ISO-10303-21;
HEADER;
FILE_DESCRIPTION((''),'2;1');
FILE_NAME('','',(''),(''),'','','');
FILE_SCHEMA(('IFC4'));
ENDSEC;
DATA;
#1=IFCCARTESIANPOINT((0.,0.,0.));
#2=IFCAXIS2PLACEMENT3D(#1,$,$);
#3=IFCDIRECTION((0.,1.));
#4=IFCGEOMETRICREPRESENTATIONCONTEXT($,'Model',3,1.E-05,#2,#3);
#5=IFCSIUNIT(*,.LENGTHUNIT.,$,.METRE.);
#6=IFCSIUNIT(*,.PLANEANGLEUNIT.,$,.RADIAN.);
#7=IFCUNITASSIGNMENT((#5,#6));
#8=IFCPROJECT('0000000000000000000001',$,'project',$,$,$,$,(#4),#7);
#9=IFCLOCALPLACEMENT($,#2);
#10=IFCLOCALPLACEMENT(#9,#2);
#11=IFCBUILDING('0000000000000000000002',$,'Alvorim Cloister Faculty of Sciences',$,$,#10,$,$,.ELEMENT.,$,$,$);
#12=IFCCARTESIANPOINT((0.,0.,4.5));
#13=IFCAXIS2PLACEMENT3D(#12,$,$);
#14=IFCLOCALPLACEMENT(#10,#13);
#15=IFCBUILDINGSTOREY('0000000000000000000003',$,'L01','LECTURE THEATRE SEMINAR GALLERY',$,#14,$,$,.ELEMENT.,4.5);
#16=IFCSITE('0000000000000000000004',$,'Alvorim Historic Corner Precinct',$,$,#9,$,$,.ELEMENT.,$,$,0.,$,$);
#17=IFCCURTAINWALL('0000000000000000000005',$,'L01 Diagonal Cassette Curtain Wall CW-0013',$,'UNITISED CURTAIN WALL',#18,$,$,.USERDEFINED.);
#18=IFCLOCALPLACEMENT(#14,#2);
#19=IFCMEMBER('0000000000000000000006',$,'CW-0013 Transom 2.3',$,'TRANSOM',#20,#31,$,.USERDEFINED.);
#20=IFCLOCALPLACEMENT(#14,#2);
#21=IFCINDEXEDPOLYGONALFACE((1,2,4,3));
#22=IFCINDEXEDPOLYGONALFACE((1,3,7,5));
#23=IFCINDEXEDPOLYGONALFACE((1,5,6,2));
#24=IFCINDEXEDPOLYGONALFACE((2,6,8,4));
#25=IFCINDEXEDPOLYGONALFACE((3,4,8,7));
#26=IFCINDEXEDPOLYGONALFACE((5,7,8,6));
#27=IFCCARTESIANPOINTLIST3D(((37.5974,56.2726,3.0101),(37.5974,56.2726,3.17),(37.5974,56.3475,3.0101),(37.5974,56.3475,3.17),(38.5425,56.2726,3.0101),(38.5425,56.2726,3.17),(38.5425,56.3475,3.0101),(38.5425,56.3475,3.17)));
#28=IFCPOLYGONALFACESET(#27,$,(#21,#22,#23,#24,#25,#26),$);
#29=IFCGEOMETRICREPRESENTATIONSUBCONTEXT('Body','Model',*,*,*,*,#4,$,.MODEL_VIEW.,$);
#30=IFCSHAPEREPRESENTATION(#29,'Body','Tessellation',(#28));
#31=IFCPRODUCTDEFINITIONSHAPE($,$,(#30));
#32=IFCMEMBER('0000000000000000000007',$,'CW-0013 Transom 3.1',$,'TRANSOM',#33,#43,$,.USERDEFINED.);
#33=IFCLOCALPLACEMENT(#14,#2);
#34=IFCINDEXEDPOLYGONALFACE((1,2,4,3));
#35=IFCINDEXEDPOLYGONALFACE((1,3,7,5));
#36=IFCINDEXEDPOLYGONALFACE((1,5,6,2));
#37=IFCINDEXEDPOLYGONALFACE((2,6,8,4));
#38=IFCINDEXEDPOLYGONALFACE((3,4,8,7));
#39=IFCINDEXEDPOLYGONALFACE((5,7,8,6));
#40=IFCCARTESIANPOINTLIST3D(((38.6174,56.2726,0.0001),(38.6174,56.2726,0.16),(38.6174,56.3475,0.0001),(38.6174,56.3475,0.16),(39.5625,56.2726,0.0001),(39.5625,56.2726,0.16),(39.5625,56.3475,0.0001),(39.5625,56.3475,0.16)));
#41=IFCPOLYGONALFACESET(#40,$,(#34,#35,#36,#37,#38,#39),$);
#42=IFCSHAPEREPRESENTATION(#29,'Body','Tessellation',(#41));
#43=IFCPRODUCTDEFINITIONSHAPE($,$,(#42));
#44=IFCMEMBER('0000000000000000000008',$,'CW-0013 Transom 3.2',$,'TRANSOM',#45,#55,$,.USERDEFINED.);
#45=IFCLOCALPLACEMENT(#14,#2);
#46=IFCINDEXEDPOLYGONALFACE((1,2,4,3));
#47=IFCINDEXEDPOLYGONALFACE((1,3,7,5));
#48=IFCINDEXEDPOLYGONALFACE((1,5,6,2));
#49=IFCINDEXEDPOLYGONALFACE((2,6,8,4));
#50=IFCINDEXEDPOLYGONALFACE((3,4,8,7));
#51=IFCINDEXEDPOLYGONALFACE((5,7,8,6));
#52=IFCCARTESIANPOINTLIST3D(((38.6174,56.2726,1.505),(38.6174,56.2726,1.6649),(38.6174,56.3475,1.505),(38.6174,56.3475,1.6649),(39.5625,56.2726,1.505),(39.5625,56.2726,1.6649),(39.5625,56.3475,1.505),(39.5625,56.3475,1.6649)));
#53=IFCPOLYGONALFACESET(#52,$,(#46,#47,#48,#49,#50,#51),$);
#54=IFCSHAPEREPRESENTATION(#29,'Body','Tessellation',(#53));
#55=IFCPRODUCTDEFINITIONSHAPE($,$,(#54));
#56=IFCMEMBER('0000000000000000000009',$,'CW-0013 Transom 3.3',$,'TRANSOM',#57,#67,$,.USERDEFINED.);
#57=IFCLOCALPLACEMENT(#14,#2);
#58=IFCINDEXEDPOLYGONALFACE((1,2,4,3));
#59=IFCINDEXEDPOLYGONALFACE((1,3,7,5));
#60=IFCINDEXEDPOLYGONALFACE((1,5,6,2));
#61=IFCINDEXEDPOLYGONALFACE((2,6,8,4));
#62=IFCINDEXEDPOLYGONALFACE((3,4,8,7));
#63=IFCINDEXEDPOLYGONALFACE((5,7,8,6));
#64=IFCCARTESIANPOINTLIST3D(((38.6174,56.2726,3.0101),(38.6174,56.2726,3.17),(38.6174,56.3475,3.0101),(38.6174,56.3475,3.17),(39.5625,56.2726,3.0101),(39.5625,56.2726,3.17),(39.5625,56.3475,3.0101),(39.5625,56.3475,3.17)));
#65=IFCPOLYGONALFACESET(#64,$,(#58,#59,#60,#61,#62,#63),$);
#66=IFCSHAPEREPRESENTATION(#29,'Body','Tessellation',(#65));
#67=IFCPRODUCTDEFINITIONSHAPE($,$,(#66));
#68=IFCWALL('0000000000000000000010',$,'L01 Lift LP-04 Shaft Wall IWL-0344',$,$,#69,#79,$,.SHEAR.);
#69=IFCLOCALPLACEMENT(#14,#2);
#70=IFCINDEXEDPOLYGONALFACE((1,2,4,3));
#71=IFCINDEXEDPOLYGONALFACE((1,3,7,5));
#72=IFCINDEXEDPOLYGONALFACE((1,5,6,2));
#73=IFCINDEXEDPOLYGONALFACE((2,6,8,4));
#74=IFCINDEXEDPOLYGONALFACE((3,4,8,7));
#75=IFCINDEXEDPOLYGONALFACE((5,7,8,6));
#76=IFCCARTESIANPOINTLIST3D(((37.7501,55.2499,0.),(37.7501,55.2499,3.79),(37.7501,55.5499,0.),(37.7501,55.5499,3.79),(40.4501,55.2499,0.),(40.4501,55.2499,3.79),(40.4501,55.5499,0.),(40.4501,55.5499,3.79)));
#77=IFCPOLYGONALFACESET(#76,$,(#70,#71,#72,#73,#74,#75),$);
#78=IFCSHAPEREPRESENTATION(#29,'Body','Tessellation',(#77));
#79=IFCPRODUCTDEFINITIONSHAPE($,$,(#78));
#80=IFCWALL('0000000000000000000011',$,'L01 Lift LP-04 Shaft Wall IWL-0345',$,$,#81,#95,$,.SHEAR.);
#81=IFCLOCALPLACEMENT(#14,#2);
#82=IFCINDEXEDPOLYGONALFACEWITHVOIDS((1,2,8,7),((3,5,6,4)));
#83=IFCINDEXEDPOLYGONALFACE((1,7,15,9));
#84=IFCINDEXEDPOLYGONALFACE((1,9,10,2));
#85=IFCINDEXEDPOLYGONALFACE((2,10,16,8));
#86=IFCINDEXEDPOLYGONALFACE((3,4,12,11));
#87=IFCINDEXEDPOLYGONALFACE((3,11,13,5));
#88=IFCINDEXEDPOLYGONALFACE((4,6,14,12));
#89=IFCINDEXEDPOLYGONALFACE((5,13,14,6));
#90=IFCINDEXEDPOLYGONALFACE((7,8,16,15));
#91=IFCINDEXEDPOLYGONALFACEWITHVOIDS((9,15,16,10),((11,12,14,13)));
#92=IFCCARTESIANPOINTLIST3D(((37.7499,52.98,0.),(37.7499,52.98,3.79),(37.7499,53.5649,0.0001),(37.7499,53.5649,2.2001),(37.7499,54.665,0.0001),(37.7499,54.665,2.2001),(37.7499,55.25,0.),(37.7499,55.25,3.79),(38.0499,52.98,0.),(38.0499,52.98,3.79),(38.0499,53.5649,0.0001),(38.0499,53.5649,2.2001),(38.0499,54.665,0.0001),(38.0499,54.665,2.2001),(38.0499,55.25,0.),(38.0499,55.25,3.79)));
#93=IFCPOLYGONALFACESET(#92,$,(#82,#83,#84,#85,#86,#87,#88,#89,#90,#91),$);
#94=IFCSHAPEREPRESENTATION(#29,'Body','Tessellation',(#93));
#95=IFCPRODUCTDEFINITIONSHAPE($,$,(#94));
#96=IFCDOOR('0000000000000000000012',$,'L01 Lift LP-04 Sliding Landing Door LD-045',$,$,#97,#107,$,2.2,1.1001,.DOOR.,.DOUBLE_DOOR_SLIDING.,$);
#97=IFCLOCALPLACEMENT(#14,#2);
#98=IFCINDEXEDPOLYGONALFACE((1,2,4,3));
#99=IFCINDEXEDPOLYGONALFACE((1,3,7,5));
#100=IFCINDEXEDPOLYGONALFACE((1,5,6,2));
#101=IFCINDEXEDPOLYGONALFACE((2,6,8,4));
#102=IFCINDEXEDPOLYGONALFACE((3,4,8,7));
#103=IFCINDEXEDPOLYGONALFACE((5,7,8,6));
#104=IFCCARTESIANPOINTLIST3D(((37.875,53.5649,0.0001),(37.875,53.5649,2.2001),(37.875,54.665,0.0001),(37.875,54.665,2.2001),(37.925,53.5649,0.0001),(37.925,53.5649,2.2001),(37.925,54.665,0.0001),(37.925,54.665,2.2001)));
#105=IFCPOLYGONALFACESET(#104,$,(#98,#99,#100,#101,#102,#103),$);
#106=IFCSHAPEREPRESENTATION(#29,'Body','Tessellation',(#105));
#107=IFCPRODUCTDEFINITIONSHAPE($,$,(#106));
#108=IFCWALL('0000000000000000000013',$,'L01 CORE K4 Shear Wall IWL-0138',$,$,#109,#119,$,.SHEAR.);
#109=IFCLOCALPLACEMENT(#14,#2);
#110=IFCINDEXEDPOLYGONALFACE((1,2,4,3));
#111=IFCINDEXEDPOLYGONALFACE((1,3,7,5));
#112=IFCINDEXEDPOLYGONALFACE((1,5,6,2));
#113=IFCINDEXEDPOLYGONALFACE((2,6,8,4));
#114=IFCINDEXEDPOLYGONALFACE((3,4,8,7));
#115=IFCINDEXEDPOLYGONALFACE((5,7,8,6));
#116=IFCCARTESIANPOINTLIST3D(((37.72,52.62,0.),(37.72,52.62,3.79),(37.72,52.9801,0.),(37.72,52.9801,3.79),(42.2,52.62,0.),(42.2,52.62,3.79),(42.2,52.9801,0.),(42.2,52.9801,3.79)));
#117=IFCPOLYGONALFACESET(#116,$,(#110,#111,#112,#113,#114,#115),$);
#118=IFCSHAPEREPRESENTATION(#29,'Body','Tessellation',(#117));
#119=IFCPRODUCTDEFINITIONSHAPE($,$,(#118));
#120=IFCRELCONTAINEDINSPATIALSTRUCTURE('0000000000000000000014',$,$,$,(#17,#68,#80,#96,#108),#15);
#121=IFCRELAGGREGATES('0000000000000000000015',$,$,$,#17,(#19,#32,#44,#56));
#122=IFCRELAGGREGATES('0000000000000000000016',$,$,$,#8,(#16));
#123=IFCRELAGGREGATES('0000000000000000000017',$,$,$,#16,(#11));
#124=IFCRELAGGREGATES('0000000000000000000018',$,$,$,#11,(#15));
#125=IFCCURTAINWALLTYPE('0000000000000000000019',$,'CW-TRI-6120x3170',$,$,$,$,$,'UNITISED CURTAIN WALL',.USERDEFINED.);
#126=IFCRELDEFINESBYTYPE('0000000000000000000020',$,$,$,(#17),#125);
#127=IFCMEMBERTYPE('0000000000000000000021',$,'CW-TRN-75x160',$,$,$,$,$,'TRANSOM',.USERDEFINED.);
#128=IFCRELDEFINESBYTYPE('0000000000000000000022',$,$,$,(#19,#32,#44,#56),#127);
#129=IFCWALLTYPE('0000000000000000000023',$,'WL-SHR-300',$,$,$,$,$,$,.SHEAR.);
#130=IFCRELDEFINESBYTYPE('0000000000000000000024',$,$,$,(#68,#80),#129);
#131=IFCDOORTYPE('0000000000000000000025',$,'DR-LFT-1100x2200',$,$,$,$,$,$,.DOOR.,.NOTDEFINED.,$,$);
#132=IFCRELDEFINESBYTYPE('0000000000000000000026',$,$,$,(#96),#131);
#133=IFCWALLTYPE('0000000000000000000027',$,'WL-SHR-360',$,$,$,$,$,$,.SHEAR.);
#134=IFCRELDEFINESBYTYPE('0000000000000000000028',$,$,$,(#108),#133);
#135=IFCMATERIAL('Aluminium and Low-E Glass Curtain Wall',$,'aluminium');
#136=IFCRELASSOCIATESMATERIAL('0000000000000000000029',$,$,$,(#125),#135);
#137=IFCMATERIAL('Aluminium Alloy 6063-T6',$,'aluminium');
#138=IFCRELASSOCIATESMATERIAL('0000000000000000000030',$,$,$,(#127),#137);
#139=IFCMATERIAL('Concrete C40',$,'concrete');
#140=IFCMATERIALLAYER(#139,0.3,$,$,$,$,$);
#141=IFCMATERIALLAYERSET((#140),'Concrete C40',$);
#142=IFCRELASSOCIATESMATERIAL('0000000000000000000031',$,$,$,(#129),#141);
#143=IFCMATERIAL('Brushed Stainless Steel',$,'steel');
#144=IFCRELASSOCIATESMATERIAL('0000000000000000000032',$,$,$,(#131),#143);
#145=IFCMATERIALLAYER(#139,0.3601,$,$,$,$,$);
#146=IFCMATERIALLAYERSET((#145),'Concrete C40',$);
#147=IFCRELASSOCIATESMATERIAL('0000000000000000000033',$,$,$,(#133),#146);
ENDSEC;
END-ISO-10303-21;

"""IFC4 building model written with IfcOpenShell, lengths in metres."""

from ifc_helpers import new_model, si_unit, direction, frame, frame_2d, origin, origin_2d, place, context, subcontext, project, spatial, rectangle, extrude, material, layer, layer_set, material_profile, profile_set, type_object, element, fill, aggregate, save


model = new_model("IFC4")

# Units and contexts
model_context = context("Model", 3, precision=1e-05, world=origin(), true_north=direction((0.0, 1.0)))
body_context = subcontext(model_context, "Body", "Model", "MODEL_VIEW")
ifc_project = project(units=[si_unit("LENGTHUNIT", "METRE"), si_unit("PLANEANGLEUNIT", "RADIAN")], contexts=[model_context])

# Site, building, storey
site_placement = place(None, origin())
site = spatial("IfcSite", under=ifc_project, at=site_placement, Name="Alvorim Historic Corner Precinct", CompositionType="ELEMENT", RefElevation=0.0)
building_placement = place(site_placement, origin())
building = spatial("IfcBuilding", under=site, at=building_placement, Name="Alvorim Cloister Faculty of Sciences", CompositionType="ELEMENT")
storey_placement = place(building_placement, frame((0.0, 0.0, 4.5)))
storey = spatial("IfcBuildingStorey", under=building, at=storey_placement, Name="L01", Description="LECTURE THEATRE SEMINAR GALLERY", CompositionType="ELEMENT", Elevation=4.5)

# Curtain wall
ifc_material_1 = material(Name="Aluminium and Low-E Glass Curtain Wall", Category="aluminium")
curtain_wall_type = type_object("IfcCurtainWallType", Name="CW-TRI-6120x3170", ElementType="UNITISED CURTAIN WALL", PredefinedType="USERDEFINED", material=ifc_material_1)
ifc_material_2 = material(Name="Aluminium Alloy 6063-T6", Category="aluminium")
curtain_wall_1_placement = place(storey_placement, origin())
curtain_wall_1 = element("IfcCurtainWall", 1, at=curtain_wall_1_placement, inside=storey, type_object=curtain_wall_type, Name="L01 Diagonal Cassette Curtain Wall CW-0013", ObjectType="UNITISED CURTAIN WALL", PredefinedType="USERDEFINED")

# Members
ifc_material_profile_1 = material_profile(ifc_material_2, rectangle(XDim=0.075, YDim=0.1599, at=origin_2d()), Name="ALU-TRN-75x160")
ifc_profile_set_1 = profile_set([ifc_material_profile_1], Name="Aluminium Alloy 6063-T6")
member_type_1 = type_object("IfcMemberType", Name="CW-TRN-75x160", ElementType="TRANSOM", PredefinedType="USERDEFINED", material=ifc_profile_set_1)
member_1_placement = place(storey_placement, frame((37.5974, 56.3101, 3.0901), z_axis=(1.0, 0.0, 0.0), x_axis=(0.0, 1.0, 0.0)))
member_1 = element("IfcMember", 2, at=member_1_placement, type_object=member_type_1, Name="CW-0013 Transom 2.3", ObjectType="TRANSOM", PredefinedType="USERDEFINED", context=body_context, shape_type="SweptSolid", body=[
    extrude(rectangle(XDim=0.075, YDim=0.1599, at=origin_2d()), origin(), (0.0, 0.0, 1.0), 0.9451),
])
member_2_placement = place(storey_placement, frame((38.6174, 56.3101, 0.0801), z_axis=(1.0, 0.0, 0.0), x_axis=(0.0, 1.0, 0.0)))
member_2 = element("IfcMember", 3, at=member_2_placement, type_object=member_type_1, Name="CW-0013 Transom 3.1", ObjectType="TRANSOM", PredefinedType="USERDEFINED", context=body_context, shape_type="SweptSolid", body=[
    extrude(rectangle(XDim=0.075, YDim=0.1599, at=origin_2d()), origin(), (0.0, 0.0, 1.0), 0.9451),
])
member_3_placement = place(storey_placement, frame((38.6174, 56.3101, 1.585), z_axis=(1.0, 0.0, 0.0), x_axis=(0.0, 1.0, 0.0)))
member_3 = element("IfcMember", 4, at=member_3_placement, type_object=member_type_1, Name="CW-0013 Transom 3.2", ObjectType="TRANSOM", PredefinedType="USERDEFINED", context=body_context, shape_type="SweptSolid", body=[
    extrude(rectangle(XDim=0.075, YDim=0.1599, at=origin_2d()), origin(), (0.0, 0.0, 1.0), 0.9451),
])
member_4_placement = place(storey_placement, frame((38.6174, 56.3101, 3.0901), z_axis=(1.0, 0.0, 0.0), x_axis=(0.0, 1.0, 0.0)))
member_4 = element("IfcMember", 5, at=member_4_placement, type_object=member_type_1, Name="CW-0013 Transom 3.3", ObjectType="TRANSOM", PredefinedType="USERDEFINED", context=body_context, shape_type="SweptSolid", body=[
    extrude(rectangle(XDim=0.075, YDim=0.1599, at=origin_2d()), origin(), (0.0, 0.0, 1.0), 0.9451),
])
aggregate(curtain_wall_1, [member_1, member_2, member_3, member_4])

# Wall
ifc_material_3 = material(Name="Concrete C40", Category="concrete")
ifc_layer_1 = layer(ifc_material_3, 0.3)
ifc_layer_set_1 = layer_set([ifc_layer_1], Name="Concrete C40")
wall_type_1 = type_object("IfcWallType", Name="WL-SHR-300", PredefinedType="SHEAR", material=ifc_layer_set_1)
wall_1_placement = place(storey_placement, frame((37.75, 55.3999, 0.0), z_axis=(0.0, 0.0, 1.0), x_axis=(1.0, 0.0, 0.0)))
element("IfcWall", 6, at=wall_1_placement, inside=storey, type_object=wall_type_1, Name="L01 Lift LP-04 Shaft Wall IWL-0344", PredefinedType="SHEAR", context=body_context, shape_type="SweptSolid", body=[
    extrude(rectangle(XDim=2.7, YDim=0.3, at=frame_2d((1.3501, 0.0))), origin(), (0.0, 0.0, 1.0), 3.79),
])

# Wall, opening, door
wall_2_placement = place(storey_placement, frame((37.8999, 52.98, 0.0), z_axis=(0.0, 0.0, 1.0), x_axis=(0.0, 1.0, 0.0)))
wall_2 = element("IfcWall", 7, at=wall_2_placement, inside=storey, type_object=wall_type_1, Name="L01 Lift LP-04 Shaft Wall IWL-0345", PredefinedType="SHEAR", context=body_context, shape_type="SweptSolid", body=[
    extrude(rectangle(XDim=2.27, YDim=0.3, at=frame_2d((1.135, 0.0))), origin(), (0.0, 0.0, 1.0), 3.79),
])
opening_placement = place(wall_2_placement, frame((0.585, 0.0, 0.0)))
opening = element("IfcOpeningElement", 8, at=opening_placement, cuts=wall_2, PredefinedType="OPENING", context=body_context, shape_type="SweptSolid", body=[
    extrude(rectangle(XDim=1.1001, YDim=2.2, at=frame_2d((0.55, 1.1001))), frame((0.0, 0.1621, 0.0), z_axis=(0.0, -1.0, 0.0), x_axis=(1.0, 0.0, 0.0)), (0.0, 0.0, 1.0), 0.324),
])
ifc_material_4 = material(Name="Brushed Stainless Steel", Category="steel")
door_type = type_object("IfcDoorType", Name="DR-LFT-1100x2200", OperationType="NOTDEFINED", PredefinedType="DOOR", material=ifc_material_4)
door_placement = place(opening_placement, origin())
door = element("IfcDoor", 9, at=door_placement, inside=storey, type_object=door_type, Name="L01 Lift LP-04 Sliding Landing Door LD-045", OperationType="DOUBLE_DOOR_SLIDING", OverallHeight=2.2, OverallWidth=1.1001, PredefinedType="DOOR", context=body_context, shape_type="SweptSolid", body=[
    extrude(rectangle(XDim=1.1001, YDim=2.2, at=frame_2d((0.55, 1.1001))), frame((0.0, 0.0249, 0.0), z_axis=(0.0, -1.0, 0.0), x_axis=(1.0, 0.0, 0.0)), (0.0, 0.0, 1.0), 0.05),
])
fill(opening, door)

# Wall
ifc_layer_2 = layer(ifc_material_3, 0.3601)
ifc_layer_set_2 = layer_set([ifc_layer_2], Name="Concrete C40")
wall_type_2 = type_object("IfcWallType", Name="WL-SHR-360", PredefinedType="SHEAR", material=ifc_layer_set_2)
wall_3_placement = place(storey_placement, frame((37.72, 52.8, 0.0), z_axis=(0.0, 0.0, 1.0), x_axis=(1.0, 0.0, 0.0)))
element("IfcWall", 10, at=wall_3_placement, inside=storey, type_object=wall_type_2, Name="L01 CORE K4 Shear Wall IWL-0138", PredefinedType="SHEAR", context=body_context, shape_type="SweptSolid", body=[
    extrude(rectangle(XDim=4.48, YDim=0.3601, at=frame_2d((2.24, 0.0))), origin(), (0.0, 0.0, 1.0), 3.79),
])

save(model, "model.ifc")
